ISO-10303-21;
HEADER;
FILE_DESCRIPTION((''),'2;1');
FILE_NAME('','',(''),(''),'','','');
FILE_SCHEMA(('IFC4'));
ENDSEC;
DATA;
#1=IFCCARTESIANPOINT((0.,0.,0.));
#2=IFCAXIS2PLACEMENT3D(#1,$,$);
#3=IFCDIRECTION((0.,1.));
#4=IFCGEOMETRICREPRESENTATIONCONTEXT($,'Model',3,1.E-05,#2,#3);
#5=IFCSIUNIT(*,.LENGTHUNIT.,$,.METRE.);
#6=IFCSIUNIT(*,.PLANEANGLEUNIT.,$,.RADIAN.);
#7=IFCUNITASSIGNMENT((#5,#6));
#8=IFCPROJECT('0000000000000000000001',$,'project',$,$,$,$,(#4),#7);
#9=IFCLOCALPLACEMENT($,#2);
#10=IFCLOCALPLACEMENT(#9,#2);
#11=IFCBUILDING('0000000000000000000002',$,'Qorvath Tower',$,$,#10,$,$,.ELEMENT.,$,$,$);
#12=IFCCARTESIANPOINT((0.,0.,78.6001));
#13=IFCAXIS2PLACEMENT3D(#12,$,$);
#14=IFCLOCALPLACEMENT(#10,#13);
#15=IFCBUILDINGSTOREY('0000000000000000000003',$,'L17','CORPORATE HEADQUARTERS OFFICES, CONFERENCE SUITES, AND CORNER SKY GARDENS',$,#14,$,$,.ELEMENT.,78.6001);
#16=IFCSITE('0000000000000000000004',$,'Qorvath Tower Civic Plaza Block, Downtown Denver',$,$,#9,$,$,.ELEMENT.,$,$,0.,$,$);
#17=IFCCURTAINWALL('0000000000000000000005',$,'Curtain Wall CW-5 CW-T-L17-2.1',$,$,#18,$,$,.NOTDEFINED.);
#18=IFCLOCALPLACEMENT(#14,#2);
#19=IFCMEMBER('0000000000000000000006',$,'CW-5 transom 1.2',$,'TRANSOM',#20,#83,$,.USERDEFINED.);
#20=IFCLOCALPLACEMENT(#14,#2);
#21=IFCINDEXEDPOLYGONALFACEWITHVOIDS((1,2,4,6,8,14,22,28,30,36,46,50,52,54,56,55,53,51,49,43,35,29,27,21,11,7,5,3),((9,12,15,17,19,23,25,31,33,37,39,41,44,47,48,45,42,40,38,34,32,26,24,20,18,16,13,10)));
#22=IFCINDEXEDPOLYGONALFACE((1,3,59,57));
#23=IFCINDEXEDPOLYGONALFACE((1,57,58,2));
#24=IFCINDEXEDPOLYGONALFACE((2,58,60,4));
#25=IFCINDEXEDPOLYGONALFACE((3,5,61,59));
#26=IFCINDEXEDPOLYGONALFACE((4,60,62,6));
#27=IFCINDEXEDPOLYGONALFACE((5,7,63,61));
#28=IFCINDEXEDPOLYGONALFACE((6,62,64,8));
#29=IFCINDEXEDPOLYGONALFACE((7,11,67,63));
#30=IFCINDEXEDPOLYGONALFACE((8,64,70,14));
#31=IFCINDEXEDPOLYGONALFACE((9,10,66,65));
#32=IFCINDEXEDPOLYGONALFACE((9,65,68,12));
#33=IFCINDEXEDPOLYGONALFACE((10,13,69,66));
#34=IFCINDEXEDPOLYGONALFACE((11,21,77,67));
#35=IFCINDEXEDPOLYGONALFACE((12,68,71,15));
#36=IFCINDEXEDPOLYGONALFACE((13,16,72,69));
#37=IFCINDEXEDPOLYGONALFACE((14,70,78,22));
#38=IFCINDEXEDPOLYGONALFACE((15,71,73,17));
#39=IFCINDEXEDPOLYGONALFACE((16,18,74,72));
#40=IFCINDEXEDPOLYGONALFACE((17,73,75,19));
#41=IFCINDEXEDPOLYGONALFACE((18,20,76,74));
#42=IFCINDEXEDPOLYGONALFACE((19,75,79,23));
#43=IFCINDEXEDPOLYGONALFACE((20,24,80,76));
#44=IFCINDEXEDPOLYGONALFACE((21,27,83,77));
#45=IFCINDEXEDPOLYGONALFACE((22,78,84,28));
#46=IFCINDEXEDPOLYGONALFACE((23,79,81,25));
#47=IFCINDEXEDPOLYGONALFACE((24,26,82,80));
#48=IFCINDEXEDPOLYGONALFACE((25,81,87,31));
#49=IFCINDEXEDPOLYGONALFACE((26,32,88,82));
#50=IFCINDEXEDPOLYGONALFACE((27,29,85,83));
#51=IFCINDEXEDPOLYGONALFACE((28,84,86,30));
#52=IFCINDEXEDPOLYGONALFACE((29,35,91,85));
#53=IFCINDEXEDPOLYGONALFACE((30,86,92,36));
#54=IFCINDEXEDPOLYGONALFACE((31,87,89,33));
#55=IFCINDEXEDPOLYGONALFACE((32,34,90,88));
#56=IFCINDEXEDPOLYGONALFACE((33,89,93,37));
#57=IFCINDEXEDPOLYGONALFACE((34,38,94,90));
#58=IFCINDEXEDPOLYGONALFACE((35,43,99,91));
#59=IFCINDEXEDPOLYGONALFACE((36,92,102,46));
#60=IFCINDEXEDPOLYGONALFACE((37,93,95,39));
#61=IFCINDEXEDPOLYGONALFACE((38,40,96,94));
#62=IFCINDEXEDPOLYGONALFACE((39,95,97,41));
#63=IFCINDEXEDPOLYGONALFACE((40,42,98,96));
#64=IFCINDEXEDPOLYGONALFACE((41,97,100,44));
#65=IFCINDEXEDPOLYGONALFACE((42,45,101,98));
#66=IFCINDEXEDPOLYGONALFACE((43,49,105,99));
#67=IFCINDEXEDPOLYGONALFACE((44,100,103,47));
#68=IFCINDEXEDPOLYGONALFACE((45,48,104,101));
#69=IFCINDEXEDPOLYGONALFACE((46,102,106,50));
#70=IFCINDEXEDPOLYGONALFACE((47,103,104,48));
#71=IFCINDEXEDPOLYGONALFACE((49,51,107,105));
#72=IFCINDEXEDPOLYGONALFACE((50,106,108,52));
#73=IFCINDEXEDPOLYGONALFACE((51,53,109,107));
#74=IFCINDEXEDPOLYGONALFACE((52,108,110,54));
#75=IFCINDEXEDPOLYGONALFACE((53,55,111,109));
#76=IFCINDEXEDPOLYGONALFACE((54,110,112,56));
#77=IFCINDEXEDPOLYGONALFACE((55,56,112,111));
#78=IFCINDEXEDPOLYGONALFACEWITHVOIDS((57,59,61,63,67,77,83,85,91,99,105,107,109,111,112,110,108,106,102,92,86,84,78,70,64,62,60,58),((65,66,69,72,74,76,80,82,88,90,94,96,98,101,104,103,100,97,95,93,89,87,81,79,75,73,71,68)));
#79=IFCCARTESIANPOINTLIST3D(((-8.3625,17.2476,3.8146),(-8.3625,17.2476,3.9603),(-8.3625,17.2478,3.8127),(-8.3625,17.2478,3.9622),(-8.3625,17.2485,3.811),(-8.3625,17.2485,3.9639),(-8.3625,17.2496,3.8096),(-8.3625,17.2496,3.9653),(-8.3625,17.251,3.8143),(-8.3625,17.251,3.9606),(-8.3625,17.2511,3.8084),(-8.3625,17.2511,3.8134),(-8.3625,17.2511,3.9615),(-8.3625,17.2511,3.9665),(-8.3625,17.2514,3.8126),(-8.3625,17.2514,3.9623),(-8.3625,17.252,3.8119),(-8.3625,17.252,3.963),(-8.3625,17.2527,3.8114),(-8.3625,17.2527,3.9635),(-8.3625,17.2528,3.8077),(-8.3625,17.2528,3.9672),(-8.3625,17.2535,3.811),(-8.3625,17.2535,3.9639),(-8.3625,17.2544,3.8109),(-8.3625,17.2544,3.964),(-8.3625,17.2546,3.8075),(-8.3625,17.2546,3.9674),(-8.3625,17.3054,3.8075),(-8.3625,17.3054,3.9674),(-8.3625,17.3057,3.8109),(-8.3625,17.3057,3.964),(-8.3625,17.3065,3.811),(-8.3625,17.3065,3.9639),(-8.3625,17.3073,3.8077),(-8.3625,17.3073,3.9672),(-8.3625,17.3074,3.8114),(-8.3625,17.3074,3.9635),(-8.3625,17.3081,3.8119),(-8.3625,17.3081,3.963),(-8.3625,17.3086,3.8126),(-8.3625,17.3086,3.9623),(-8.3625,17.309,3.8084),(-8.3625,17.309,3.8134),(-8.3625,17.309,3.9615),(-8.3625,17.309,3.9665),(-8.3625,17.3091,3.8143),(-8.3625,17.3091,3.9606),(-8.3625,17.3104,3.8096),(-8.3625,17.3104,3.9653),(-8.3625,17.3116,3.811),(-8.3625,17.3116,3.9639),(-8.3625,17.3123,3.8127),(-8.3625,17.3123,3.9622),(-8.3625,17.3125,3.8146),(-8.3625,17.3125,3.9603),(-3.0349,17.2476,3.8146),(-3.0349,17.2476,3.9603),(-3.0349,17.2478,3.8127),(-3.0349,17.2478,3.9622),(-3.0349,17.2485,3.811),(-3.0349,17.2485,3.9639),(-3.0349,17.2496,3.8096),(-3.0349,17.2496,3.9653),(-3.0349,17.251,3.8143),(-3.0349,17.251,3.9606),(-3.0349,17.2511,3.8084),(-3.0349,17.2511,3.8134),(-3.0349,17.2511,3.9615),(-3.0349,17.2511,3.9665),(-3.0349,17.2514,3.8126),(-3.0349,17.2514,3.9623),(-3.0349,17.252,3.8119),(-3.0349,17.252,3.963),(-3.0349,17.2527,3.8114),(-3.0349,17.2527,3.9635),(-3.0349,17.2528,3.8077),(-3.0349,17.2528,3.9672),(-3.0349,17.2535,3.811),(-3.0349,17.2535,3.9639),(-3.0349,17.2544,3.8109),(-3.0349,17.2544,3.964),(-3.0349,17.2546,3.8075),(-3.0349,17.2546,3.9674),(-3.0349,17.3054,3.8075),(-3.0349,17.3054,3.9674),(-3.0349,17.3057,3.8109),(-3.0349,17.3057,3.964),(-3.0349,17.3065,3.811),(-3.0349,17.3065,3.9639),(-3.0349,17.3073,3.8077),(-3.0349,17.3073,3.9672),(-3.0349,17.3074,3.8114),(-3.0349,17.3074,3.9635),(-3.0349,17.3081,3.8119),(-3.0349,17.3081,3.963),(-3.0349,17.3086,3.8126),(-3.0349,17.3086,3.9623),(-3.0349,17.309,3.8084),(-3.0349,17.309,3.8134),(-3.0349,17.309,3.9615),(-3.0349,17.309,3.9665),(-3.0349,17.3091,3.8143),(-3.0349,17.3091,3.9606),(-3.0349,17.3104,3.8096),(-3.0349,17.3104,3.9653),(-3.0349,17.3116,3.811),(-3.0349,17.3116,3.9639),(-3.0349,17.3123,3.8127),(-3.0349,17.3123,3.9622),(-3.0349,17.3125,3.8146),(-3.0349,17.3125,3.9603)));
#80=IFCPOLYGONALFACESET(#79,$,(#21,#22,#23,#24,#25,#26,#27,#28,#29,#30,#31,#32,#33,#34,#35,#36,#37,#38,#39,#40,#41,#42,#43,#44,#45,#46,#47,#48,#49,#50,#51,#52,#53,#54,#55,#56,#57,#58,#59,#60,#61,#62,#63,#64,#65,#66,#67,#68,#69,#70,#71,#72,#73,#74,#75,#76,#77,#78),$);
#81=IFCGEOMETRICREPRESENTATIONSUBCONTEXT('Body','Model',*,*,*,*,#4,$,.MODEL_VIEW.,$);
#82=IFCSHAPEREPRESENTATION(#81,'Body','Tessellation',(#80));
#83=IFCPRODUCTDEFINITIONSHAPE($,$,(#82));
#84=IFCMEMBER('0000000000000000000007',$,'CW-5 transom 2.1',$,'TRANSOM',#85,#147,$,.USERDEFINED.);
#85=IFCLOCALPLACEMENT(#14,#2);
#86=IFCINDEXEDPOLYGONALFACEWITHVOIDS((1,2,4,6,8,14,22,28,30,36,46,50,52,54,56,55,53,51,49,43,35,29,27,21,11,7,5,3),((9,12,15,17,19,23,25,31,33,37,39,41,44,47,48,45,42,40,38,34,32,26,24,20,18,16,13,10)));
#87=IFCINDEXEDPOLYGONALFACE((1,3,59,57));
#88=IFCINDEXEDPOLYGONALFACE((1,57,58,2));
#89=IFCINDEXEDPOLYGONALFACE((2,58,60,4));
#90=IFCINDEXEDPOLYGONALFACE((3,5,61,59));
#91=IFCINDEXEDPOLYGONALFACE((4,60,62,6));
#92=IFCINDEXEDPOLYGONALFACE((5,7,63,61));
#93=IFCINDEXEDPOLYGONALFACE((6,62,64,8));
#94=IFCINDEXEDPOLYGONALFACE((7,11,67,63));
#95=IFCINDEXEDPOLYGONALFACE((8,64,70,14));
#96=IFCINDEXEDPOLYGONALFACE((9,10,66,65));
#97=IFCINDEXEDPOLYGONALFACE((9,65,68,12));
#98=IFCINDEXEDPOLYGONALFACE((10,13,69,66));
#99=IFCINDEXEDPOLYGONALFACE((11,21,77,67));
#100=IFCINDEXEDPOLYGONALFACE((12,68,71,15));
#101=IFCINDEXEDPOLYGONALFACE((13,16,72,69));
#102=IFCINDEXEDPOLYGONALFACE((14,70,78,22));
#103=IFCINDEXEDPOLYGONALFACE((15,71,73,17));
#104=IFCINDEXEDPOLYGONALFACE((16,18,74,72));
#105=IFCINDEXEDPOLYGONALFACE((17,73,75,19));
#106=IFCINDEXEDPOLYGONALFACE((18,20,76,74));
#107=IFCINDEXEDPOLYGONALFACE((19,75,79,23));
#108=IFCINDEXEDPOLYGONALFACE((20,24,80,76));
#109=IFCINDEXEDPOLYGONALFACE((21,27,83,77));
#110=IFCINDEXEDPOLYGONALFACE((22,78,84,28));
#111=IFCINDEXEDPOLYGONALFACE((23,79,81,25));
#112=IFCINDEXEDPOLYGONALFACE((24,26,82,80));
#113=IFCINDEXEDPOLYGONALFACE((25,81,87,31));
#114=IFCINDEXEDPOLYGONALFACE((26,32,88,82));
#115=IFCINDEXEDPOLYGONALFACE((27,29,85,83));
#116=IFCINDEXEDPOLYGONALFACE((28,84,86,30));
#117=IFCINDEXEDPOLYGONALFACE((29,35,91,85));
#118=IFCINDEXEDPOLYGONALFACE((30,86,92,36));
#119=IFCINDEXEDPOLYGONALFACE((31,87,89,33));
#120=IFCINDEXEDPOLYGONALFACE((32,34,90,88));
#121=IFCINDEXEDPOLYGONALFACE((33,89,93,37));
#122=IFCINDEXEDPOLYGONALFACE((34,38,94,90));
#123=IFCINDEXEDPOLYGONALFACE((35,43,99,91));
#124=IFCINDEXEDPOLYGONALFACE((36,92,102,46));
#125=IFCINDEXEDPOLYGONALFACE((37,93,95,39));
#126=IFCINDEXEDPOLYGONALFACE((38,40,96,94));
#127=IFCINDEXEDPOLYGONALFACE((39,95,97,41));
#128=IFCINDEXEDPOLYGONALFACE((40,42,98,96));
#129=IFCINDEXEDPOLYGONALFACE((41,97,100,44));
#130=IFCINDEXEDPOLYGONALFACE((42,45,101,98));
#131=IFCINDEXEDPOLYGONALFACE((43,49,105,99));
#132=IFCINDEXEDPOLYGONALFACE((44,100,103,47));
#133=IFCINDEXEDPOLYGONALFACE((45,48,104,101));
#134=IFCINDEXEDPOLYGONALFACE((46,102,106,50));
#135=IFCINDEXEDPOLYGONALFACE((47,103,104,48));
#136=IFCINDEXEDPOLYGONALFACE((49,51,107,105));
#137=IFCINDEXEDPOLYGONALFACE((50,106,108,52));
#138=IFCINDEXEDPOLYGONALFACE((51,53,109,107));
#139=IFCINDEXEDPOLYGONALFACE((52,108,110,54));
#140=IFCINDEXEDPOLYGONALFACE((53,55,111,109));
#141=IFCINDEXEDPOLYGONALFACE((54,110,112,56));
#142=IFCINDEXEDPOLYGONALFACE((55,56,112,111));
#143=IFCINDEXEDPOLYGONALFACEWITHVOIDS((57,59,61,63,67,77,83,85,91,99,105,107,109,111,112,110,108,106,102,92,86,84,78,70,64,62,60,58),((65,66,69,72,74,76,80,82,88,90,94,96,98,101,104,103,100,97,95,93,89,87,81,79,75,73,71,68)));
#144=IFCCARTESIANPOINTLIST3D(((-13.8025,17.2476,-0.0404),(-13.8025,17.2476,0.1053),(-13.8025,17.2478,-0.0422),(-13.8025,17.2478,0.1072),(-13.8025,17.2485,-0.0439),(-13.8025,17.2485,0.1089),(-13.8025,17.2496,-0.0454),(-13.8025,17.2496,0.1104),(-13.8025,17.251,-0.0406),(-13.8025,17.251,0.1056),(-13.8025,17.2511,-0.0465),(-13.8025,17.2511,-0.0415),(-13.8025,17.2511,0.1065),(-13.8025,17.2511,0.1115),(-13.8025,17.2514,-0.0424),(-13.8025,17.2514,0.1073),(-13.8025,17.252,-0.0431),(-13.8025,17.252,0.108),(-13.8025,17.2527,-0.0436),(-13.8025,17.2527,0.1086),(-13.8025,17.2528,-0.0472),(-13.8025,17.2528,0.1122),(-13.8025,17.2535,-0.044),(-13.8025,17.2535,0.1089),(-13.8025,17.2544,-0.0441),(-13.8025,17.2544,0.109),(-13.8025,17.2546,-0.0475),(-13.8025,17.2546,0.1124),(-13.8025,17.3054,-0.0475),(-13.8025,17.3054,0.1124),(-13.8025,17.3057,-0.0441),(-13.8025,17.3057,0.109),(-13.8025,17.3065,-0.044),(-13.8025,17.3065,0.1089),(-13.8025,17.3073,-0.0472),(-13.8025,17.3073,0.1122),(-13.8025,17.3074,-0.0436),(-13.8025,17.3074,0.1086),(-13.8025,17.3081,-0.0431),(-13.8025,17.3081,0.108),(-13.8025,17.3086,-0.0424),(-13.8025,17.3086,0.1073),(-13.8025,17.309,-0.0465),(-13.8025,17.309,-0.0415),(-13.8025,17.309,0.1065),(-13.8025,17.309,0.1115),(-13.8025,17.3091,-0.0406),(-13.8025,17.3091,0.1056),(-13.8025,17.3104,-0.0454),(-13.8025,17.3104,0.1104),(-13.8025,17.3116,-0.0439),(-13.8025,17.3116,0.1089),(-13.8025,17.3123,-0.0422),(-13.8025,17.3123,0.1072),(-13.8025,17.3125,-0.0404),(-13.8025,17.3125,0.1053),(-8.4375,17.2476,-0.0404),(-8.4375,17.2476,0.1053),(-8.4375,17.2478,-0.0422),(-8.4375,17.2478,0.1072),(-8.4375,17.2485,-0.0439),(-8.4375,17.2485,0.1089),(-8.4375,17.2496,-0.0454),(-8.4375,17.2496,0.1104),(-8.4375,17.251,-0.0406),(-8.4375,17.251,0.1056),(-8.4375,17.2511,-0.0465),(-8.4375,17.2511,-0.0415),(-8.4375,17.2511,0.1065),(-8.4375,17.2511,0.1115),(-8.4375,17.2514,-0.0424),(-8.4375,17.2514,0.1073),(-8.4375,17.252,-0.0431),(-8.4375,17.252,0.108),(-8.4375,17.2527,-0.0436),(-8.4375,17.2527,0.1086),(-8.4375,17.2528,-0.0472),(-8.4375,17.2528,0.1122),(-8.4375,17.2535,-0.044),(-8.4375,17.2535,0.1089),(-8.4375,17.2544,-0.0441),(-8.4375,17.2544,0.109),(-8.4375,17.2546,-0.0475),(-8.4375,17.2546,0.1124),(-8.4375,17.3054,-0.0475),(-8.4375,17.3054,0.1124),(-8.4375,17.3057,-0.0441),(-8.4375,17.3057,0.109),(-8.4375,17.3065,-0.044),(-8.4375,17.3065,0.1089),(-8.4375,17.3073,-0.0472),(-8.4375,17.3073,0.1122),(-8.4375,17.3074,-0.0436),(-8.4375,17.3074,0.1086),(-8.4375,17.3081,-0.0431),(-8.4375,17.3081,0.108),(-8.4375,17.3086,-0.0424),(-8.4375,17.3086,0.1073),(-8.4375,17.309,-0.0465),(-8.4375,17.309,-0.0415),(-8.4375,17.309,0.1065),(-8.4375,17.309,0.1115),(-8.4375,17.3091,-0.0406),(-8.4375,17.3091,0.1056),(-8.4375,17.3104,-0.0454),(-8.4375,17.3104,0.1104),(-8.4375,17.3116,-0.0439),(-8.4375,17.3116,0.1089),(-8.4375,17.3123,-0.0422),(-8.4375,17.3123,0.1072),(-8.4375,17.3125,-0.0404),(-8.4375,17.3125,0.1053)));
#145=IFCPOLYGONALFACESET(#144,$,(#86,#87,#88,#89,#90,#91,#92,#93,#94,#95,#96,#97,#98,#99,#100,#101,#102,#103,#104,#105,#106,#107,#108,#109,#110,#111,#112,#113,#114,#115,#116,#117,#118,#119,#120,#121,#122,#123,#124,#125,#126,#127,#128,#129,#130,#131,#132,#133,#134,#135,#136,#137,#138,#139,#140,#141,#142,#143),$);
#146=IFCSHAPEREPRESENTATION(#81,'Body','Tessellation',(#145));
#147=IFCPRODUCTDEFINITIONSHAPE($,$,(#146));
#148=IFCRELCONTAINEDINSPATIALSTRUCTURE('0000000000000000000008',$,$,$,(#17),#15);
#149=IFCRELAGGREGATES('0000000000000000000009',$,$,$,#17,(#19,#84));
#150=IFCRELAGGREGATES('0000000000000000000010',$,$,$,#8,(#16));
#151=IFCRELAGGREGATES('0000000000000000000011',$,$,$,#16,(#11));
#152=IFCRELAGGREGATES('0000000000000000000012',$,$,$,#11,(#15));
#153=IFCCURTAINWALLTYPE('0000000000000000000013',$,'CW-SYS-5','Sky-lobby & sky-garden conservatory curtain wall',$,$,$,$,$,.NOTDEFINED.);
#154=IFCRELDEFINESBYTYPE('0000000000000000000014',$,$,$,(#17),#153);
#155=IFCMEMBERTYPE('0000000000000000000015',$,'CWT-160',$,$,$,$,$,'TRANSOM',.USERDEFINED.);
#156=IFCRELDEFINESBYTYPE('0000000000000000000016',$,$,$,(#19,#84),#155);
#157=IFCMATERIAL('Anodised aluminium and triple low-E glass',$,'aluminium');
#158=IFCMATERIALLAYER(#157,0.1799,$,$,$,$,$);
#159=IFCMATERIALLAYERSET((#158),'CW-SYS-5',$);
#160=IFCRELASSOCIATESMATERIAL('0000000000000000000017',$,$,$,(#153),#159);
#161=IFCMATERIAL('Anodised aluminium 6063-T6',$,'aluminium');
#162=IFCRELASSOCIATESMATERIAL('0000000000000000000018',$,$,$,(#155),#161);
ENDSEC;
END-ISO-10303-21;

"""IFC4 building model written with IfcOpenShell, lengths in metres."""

from ifc_helpers import new_model, si_unit, direction, frame, origin, origin_2d, place, context, subcontext, project, spatial, hollow_rectangle, extrude, material, layer, layer_set, material_profile, profile_set, type_object, element, aggregate, save


model = new_model("IFC4")

# Units and contexts
model_context = context("Model", 3, precision=1e-05, world=origin(), true_north=direction((0.0, 1.0)))
body_context = subcontext(model_context, "Body", "Model", "MODEL_VIEW")
ifc_project = project(units=[si_unit("LENGTHUNIT", "METRE"), si_unit("PLANEANGLEUNIT", "RADIAN")], contexts=[model_context])

# Site, building, storey
site_placement = place(None, origin())
site = spatial("IfcSite", under=ifc_project, at=site_placement, Name="Qorvath Tower Civic Plaza Block, Downtown Denver", CompositionType="ELEMENT", RefElevation=0.0)
building_placement = place(site_placement, origin())
building = spatial("IfcBuilding", under=site, at=building_placement, Name="Qorvath Tower", CompositionType="ELEMENT")
storey_placement = place(building_placement, frame((0.0, 0.0, 78.6001)))
storey = spatial("IfcBuildingStorey", under=building, at=storey_placement, Name="L17", Description="CORPORATE HEADQUARTERS OFFICES, CONFERENCE SUITES, AND CORNER SKY GARDENS", CompositionType="ELEMENT", Elevation=78.6001)

# Curtain wall
ifc_material_1 = material(Name="Anodised aluminium and triple low-E glass", Category="aluminium")
ifc_layer_1 = layer(ifc_material_1, 0.1799)
ifc_layer_set_1 = layer_set([ifc_layer_1], Name="CW-SYS-5")
curtain_wall_type = type_object("IfcCurtainWallType", Name="CW-SYS-5", Description="Sky-lobby & sky-garden conservatory curtain wall", PredefinedType="NOTDEFINED", material=ifc_layer_set_1)
curtain_wall_1_placement = place(storey_placement, origin())
curtain_wall_1 = element("IfcCurtainWall", 1, at=curtain_wall_1_placement, inside=storey, type_object=curtain_wall_type, Name="Curtain Wall CW-5 CW-T-L17-2.1", PredefinedType="NOTDEFINED")

# Members
ifc_material_2 = material(Name="Anodised aluminium 6063-T6", Category="aluminium")
ifc_material_profile_1 = material_profile(ifc_material_2, hollow_rectangle(XDim=0.0649, YDim=0.1599, WallThickness=0.0034, InnerFilletRadius=0.0034, OuterFilletRadius=0.0071, at=origin_2d()), Name="CWT 160x65")
ifc_profile_set_1 = profile_set([ifc_material_profile_1], Name="Anodised aluminium 6063-T6")
member_type_1 = type_object("IfcMemberType", Name="CWT-160", ElementType="TRANSOM", PredefinedType="USERDEFINED", material=ifc_profile_set_1)
member_1_placement = place(storey_placement, frame((-3.0349, 17.28, 3.8875), z_axis=(-1.0, 0.0, 0.0), x_axis=(0.0, -1.0, 0.0)))
member_1 = element("IfcMember", 2, at=member_1_placement, type_object=member_type_1, Name="CW-5 transom 1.2", ObjectType="TRANSOM", PredefinedType="USERDEFINED", context=body_context, shape_type="SweptSolid", body=[
    extrude(hollow_rectangle(XDim=0.0649, YDim=0.1599, WallThickness=0.0034, InnerFilletRadius=0.0034, OuterFilletRadius=0.0071, at=origin_2d()), origin(), (0.0, 0.0, 1.0), 5.3276),
])
member_2_placement = place(storey_placement, frame((-8.4375, 17.28, 0.0325), z_axis=(-1.0, 0.0, 0.0), x_axis=(0.0, -1.0, 0.0)))
member_2 = element("IfcMember", 3, at=member_2_placement, type_object=member_type_1, Name="CW-5 transom 2.1", ObjectType="TRANSOM", PredefinedType="USERDEFINED", context=body_context, shape_type="SweptSolid", body=[
    extrude(hollow_rectangle(XDim=0.0649, YDim=0.1599, WallThickness=0.0034, InnerFilletRadius=0.0034, OuterFilletRadius=0.0071, at=origin_2d()), origin(), (0.0, 0.0, 1.0), 5.365),
])

aggregate(curtain_wall_1, [member_1, member_2])

save(model, "model.ifc")
